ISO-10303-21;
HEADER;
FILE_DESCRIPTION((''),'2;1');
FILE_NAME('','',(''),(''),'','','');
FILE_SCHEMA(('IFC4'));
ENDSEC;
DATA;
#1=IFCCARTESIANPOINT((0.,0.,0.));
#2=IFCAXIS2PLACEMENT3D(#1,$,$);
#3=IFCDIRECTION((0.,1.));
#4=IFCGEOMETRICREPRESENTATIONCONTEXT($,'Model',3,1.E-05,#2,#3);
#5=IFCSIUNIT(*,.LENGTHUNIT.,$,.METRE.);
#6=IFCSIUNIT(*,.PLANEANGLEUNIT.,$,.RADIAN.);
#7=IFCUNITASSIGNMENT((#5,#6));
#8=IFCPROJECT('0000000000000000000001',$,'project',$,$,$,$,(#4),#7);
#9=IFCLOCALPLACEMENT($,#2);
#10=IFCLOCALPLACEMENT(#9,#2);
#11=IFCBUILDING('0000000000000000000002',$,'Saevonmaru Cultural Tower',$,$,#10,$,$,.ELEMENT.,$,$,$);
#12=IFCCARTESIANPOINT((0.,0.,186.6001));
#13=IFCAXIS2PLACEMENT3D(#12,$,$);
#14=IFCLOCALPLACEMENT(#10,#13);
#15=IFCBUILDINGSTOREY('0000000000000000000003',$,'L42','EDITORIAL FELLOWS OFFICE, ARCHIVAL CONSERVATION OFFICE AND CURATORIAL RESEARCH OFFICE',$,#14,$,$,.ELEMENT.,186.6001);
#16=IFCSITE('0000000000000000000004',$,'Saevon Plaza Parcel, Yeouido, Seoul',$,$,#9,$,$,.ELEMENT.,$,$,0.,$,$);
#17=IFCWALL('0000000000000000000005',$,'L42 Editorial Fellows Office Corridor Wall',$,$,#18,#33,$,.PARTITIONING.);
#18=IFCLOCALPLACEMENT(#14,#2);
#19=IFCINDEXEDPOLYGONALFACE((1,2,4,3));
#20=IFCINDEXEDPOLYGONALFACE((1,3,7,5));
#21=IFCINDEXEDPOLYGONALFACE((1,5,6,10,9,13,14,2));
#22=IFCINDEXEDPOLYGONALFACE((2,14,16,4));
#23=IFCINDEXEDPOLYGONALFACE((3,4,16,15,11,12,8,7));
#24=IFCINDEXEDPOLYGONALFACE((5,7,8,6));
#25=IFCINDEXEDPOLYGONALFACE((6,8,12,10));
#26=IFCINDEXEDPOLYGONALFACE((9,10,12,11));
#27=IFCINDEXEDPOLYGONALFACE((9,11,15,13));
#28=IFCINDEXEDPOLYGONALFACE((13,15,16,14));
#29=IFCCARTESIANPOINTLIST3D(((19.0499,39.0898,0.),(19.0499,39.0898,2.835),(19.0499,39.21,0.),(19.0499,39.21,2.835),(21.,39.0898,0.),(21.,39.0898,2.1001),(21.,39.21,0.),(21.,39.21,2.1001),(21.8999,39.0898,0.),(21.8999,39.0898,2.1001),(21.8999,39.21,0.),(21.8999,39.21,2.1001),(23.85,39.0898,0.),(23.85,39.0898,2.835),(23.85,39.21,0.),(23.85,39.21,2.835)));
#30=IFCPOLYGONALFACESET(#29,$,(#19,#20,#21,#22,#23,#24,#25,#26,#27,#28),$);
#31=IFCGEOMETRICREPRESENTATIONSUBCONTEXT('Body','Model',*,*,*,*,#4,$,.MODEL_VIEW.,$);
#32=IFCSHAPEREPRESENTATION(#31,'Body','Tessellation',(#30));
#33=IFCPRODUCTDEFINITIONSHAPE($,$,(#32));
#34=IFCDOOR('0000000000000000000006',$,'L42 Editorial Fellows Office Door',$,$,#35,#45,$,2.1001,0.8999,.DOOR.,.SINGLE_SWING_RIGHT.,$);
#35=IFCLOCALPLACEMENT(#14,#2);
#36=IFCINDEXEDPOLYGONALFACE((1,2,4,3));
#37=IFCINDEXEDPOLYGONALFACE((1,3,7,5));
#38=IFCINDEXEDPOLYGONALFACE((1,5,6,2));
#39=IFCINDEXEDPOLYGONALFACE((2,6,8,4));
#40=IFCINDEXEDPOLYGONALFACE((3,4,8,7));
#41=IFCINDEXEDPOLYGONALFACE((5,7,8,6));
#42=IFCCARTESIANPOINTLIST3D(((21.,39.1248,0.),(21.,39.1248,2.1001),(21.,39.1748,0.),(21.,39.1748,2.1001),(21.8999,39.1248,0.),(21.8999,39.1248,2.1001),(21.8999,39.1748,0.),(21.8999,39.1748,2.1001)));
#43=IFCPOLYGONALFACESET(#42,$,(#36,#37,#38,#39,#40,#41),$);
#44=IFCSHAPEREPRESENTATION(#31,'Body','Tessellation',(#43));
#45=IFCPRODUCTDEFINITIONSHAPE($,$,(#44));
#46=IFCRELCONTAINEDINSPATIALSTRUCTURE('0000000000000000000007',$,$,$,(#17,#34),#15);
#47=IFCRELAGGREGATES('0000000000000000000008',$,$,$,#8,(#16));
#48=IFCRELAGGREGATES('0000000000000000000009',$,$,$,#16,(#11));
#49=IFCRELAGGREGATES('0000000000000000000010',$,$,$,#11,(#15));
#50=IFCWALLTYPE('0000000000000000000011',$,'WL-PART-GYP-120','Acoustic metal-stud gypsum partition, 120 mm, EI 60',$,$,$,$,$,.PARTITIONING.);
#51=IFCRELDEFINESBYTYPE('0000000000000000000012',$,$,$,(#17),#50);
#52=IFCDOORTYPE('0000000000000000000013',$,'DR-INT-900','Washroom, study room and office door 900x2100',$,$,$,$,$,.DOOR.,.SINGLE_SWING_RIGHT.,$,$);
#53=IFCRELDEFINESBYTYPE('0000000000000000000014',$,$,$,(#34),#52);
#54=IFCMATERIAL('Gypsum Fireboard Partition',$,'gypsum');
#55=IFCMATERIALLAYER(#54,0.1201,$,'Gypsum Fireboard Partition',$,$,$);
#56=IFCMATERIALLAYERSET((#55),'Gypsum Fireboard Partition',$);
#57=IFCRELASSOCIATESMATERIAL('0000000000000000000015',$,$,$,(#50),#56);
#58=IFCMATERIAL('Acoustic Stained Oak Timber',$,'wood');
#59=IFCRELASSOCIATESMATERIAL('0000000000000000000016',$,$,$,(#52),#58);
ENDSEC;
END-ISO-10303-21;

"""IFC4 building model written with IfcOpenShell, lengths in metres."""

from ifc_helpers import new_model, si_unit, direction, frame, frame_2d, origin, place, context, subcontext, project, spatial, rectangle, extrude, material, layer, layer_set, type_object, element, fill, save


model = new_model("IFC4")

# Units and contexts
model_context = context("Model", 3, precision=1e-05, world=origin(), true_north=direction((0.0, 1.0)))
body_context = subcontext(model_context, "Body", "Model", "MODEL_VIEW")
ifc_project = project(units=[si_unit("LENGTHUNIT", "METRE"), si_unit("PLANEANGLEUNIT", "RADIAN")], contexts=[model_context])

# Site, building, storey
site_placement = place(None, origin())
site = spatial("IfcSite", under=ifc_project, at=site_placement, Name="Saevon Plaza Parcel, Yeouido, Seoul", CompositionType="ELEMENT", RefElevation=0.0)
building_placement = place(site_placement, origin())
building = spatial("IfcBuilding", under=site, at=building_placement, Name="Saevonmaru Cultural Tower", CompositionType="ELEMENT")
storey_placement = place(building_placement, frame((0.0, 0.0, 186.6001)))
storey = spatial("IfcBuildingStorey", under=building, at=storey_placement, Name="L42", Description="EDITORIAL FELLOWS OFFICE, ARCHIVAL CONSERVATION OFFICE AND CURATORIAL RESEARCH OFFICE", CompositionType="ELEMENT", Elevation=186.6001)

# Shared definitions
ifc_material_1 = material(Name="Gypsum Fireboard Partition", Category="gypsum")
ifc_layer_1 = layer(ifc_material_1, 0.1201, Name="Gypsum Fireboard Partition")
ifc_layer_set_1 = layer_set([ifc_layer_1], Name="Gypsum Fireboard Partition")
wall_type_1 = type_object("IfcWallType", Name="WL-PART-GYP-120", Description="Acoustic metal-stud gypsum partition, 120 mm, EI 60", PredefinedType="PARTITIONING", material=ifc_layer_set_1)

# Wall, opening, door
ifc_material_2 = material(Name="Acoustic Stained Oak Timber", Category="wood")
door_type = type_object("IfcDoorType", Name="DR-INT-900", Description="Washroom, study room and office door 900x2100", OperationType="SINGLE_SWING_RIGHT", PredefinedType="DOOR", material=ifc_material_2)
wall_1_placement = place(storey_placement, frame((19.05, 39.1499, 0.0), z_axis=(0.0, 0.0, 1.0), x_axis=(1.0, 0.0, 0.0)))
wall_1 = element("IfcWall", 1, at=wall_1_placement, inside=storey, type_object=wall_type_1, Name="L42 Editorial Fellows Office Corridor Wall", PredefinedType="PARTITIONING", context=body_context, shape_type="SweptSolid", body=[
    extrude(rectangle(XDim=4.8, YDim=0.1201, at=frame_2d((2.3999, 0.0))), origin(), (0.0, 0.0, 1.0), 2.835),
])
opening_1_placement = place(wall_1_placement, frame((1.95, 0.0, 0.0)))
opening_1 = element("IfcOpeningElement", 2, at=opening_1_placement, cuts=wall_1, PredefinedType="OPENING", context=body_context, shape_type="SweptSolid", body=[
    extrude(rectangle(XDim=0.8999, YDim=2.1001, at=frame_2d((0.45, 1.05))), frame((0.0, 0.0701, 0.0), z_axis=(0.0, -1.0, 0.0), x_axis=(1.0, 0.0, 0.0)), (0.0, 0.0, 1.0), 0.1401),
])
door_1_placement = place(opening_1_placement, origin())
door_1 = element("IfcDoor", 3, at=door_1_placement, inside=storey, type_object=door_type, Name="L42 Editorial Fellows Office Door", OperationType="SINGLE_SWING_RIGHT", OverallHeight=2.1001, OverallWidth=0.8999, PredefinedType="DOOR", context=body_context, shape_type="SweptSolid", body=[
    extrude(rectangle(XDim=0.8999, YDim=2.1001, at=frame_2d((0.45, 1.05))), frame((0.0, 0.0249, 0.0), z_axis=(0.0, -1.0, 0.0), x_axis=(1.0, 0.0, 0.0)), (0.0, 0.0, 1.0), 0.05),
])
fill(opening_1, door_1)

save(model, "model.ifc")
